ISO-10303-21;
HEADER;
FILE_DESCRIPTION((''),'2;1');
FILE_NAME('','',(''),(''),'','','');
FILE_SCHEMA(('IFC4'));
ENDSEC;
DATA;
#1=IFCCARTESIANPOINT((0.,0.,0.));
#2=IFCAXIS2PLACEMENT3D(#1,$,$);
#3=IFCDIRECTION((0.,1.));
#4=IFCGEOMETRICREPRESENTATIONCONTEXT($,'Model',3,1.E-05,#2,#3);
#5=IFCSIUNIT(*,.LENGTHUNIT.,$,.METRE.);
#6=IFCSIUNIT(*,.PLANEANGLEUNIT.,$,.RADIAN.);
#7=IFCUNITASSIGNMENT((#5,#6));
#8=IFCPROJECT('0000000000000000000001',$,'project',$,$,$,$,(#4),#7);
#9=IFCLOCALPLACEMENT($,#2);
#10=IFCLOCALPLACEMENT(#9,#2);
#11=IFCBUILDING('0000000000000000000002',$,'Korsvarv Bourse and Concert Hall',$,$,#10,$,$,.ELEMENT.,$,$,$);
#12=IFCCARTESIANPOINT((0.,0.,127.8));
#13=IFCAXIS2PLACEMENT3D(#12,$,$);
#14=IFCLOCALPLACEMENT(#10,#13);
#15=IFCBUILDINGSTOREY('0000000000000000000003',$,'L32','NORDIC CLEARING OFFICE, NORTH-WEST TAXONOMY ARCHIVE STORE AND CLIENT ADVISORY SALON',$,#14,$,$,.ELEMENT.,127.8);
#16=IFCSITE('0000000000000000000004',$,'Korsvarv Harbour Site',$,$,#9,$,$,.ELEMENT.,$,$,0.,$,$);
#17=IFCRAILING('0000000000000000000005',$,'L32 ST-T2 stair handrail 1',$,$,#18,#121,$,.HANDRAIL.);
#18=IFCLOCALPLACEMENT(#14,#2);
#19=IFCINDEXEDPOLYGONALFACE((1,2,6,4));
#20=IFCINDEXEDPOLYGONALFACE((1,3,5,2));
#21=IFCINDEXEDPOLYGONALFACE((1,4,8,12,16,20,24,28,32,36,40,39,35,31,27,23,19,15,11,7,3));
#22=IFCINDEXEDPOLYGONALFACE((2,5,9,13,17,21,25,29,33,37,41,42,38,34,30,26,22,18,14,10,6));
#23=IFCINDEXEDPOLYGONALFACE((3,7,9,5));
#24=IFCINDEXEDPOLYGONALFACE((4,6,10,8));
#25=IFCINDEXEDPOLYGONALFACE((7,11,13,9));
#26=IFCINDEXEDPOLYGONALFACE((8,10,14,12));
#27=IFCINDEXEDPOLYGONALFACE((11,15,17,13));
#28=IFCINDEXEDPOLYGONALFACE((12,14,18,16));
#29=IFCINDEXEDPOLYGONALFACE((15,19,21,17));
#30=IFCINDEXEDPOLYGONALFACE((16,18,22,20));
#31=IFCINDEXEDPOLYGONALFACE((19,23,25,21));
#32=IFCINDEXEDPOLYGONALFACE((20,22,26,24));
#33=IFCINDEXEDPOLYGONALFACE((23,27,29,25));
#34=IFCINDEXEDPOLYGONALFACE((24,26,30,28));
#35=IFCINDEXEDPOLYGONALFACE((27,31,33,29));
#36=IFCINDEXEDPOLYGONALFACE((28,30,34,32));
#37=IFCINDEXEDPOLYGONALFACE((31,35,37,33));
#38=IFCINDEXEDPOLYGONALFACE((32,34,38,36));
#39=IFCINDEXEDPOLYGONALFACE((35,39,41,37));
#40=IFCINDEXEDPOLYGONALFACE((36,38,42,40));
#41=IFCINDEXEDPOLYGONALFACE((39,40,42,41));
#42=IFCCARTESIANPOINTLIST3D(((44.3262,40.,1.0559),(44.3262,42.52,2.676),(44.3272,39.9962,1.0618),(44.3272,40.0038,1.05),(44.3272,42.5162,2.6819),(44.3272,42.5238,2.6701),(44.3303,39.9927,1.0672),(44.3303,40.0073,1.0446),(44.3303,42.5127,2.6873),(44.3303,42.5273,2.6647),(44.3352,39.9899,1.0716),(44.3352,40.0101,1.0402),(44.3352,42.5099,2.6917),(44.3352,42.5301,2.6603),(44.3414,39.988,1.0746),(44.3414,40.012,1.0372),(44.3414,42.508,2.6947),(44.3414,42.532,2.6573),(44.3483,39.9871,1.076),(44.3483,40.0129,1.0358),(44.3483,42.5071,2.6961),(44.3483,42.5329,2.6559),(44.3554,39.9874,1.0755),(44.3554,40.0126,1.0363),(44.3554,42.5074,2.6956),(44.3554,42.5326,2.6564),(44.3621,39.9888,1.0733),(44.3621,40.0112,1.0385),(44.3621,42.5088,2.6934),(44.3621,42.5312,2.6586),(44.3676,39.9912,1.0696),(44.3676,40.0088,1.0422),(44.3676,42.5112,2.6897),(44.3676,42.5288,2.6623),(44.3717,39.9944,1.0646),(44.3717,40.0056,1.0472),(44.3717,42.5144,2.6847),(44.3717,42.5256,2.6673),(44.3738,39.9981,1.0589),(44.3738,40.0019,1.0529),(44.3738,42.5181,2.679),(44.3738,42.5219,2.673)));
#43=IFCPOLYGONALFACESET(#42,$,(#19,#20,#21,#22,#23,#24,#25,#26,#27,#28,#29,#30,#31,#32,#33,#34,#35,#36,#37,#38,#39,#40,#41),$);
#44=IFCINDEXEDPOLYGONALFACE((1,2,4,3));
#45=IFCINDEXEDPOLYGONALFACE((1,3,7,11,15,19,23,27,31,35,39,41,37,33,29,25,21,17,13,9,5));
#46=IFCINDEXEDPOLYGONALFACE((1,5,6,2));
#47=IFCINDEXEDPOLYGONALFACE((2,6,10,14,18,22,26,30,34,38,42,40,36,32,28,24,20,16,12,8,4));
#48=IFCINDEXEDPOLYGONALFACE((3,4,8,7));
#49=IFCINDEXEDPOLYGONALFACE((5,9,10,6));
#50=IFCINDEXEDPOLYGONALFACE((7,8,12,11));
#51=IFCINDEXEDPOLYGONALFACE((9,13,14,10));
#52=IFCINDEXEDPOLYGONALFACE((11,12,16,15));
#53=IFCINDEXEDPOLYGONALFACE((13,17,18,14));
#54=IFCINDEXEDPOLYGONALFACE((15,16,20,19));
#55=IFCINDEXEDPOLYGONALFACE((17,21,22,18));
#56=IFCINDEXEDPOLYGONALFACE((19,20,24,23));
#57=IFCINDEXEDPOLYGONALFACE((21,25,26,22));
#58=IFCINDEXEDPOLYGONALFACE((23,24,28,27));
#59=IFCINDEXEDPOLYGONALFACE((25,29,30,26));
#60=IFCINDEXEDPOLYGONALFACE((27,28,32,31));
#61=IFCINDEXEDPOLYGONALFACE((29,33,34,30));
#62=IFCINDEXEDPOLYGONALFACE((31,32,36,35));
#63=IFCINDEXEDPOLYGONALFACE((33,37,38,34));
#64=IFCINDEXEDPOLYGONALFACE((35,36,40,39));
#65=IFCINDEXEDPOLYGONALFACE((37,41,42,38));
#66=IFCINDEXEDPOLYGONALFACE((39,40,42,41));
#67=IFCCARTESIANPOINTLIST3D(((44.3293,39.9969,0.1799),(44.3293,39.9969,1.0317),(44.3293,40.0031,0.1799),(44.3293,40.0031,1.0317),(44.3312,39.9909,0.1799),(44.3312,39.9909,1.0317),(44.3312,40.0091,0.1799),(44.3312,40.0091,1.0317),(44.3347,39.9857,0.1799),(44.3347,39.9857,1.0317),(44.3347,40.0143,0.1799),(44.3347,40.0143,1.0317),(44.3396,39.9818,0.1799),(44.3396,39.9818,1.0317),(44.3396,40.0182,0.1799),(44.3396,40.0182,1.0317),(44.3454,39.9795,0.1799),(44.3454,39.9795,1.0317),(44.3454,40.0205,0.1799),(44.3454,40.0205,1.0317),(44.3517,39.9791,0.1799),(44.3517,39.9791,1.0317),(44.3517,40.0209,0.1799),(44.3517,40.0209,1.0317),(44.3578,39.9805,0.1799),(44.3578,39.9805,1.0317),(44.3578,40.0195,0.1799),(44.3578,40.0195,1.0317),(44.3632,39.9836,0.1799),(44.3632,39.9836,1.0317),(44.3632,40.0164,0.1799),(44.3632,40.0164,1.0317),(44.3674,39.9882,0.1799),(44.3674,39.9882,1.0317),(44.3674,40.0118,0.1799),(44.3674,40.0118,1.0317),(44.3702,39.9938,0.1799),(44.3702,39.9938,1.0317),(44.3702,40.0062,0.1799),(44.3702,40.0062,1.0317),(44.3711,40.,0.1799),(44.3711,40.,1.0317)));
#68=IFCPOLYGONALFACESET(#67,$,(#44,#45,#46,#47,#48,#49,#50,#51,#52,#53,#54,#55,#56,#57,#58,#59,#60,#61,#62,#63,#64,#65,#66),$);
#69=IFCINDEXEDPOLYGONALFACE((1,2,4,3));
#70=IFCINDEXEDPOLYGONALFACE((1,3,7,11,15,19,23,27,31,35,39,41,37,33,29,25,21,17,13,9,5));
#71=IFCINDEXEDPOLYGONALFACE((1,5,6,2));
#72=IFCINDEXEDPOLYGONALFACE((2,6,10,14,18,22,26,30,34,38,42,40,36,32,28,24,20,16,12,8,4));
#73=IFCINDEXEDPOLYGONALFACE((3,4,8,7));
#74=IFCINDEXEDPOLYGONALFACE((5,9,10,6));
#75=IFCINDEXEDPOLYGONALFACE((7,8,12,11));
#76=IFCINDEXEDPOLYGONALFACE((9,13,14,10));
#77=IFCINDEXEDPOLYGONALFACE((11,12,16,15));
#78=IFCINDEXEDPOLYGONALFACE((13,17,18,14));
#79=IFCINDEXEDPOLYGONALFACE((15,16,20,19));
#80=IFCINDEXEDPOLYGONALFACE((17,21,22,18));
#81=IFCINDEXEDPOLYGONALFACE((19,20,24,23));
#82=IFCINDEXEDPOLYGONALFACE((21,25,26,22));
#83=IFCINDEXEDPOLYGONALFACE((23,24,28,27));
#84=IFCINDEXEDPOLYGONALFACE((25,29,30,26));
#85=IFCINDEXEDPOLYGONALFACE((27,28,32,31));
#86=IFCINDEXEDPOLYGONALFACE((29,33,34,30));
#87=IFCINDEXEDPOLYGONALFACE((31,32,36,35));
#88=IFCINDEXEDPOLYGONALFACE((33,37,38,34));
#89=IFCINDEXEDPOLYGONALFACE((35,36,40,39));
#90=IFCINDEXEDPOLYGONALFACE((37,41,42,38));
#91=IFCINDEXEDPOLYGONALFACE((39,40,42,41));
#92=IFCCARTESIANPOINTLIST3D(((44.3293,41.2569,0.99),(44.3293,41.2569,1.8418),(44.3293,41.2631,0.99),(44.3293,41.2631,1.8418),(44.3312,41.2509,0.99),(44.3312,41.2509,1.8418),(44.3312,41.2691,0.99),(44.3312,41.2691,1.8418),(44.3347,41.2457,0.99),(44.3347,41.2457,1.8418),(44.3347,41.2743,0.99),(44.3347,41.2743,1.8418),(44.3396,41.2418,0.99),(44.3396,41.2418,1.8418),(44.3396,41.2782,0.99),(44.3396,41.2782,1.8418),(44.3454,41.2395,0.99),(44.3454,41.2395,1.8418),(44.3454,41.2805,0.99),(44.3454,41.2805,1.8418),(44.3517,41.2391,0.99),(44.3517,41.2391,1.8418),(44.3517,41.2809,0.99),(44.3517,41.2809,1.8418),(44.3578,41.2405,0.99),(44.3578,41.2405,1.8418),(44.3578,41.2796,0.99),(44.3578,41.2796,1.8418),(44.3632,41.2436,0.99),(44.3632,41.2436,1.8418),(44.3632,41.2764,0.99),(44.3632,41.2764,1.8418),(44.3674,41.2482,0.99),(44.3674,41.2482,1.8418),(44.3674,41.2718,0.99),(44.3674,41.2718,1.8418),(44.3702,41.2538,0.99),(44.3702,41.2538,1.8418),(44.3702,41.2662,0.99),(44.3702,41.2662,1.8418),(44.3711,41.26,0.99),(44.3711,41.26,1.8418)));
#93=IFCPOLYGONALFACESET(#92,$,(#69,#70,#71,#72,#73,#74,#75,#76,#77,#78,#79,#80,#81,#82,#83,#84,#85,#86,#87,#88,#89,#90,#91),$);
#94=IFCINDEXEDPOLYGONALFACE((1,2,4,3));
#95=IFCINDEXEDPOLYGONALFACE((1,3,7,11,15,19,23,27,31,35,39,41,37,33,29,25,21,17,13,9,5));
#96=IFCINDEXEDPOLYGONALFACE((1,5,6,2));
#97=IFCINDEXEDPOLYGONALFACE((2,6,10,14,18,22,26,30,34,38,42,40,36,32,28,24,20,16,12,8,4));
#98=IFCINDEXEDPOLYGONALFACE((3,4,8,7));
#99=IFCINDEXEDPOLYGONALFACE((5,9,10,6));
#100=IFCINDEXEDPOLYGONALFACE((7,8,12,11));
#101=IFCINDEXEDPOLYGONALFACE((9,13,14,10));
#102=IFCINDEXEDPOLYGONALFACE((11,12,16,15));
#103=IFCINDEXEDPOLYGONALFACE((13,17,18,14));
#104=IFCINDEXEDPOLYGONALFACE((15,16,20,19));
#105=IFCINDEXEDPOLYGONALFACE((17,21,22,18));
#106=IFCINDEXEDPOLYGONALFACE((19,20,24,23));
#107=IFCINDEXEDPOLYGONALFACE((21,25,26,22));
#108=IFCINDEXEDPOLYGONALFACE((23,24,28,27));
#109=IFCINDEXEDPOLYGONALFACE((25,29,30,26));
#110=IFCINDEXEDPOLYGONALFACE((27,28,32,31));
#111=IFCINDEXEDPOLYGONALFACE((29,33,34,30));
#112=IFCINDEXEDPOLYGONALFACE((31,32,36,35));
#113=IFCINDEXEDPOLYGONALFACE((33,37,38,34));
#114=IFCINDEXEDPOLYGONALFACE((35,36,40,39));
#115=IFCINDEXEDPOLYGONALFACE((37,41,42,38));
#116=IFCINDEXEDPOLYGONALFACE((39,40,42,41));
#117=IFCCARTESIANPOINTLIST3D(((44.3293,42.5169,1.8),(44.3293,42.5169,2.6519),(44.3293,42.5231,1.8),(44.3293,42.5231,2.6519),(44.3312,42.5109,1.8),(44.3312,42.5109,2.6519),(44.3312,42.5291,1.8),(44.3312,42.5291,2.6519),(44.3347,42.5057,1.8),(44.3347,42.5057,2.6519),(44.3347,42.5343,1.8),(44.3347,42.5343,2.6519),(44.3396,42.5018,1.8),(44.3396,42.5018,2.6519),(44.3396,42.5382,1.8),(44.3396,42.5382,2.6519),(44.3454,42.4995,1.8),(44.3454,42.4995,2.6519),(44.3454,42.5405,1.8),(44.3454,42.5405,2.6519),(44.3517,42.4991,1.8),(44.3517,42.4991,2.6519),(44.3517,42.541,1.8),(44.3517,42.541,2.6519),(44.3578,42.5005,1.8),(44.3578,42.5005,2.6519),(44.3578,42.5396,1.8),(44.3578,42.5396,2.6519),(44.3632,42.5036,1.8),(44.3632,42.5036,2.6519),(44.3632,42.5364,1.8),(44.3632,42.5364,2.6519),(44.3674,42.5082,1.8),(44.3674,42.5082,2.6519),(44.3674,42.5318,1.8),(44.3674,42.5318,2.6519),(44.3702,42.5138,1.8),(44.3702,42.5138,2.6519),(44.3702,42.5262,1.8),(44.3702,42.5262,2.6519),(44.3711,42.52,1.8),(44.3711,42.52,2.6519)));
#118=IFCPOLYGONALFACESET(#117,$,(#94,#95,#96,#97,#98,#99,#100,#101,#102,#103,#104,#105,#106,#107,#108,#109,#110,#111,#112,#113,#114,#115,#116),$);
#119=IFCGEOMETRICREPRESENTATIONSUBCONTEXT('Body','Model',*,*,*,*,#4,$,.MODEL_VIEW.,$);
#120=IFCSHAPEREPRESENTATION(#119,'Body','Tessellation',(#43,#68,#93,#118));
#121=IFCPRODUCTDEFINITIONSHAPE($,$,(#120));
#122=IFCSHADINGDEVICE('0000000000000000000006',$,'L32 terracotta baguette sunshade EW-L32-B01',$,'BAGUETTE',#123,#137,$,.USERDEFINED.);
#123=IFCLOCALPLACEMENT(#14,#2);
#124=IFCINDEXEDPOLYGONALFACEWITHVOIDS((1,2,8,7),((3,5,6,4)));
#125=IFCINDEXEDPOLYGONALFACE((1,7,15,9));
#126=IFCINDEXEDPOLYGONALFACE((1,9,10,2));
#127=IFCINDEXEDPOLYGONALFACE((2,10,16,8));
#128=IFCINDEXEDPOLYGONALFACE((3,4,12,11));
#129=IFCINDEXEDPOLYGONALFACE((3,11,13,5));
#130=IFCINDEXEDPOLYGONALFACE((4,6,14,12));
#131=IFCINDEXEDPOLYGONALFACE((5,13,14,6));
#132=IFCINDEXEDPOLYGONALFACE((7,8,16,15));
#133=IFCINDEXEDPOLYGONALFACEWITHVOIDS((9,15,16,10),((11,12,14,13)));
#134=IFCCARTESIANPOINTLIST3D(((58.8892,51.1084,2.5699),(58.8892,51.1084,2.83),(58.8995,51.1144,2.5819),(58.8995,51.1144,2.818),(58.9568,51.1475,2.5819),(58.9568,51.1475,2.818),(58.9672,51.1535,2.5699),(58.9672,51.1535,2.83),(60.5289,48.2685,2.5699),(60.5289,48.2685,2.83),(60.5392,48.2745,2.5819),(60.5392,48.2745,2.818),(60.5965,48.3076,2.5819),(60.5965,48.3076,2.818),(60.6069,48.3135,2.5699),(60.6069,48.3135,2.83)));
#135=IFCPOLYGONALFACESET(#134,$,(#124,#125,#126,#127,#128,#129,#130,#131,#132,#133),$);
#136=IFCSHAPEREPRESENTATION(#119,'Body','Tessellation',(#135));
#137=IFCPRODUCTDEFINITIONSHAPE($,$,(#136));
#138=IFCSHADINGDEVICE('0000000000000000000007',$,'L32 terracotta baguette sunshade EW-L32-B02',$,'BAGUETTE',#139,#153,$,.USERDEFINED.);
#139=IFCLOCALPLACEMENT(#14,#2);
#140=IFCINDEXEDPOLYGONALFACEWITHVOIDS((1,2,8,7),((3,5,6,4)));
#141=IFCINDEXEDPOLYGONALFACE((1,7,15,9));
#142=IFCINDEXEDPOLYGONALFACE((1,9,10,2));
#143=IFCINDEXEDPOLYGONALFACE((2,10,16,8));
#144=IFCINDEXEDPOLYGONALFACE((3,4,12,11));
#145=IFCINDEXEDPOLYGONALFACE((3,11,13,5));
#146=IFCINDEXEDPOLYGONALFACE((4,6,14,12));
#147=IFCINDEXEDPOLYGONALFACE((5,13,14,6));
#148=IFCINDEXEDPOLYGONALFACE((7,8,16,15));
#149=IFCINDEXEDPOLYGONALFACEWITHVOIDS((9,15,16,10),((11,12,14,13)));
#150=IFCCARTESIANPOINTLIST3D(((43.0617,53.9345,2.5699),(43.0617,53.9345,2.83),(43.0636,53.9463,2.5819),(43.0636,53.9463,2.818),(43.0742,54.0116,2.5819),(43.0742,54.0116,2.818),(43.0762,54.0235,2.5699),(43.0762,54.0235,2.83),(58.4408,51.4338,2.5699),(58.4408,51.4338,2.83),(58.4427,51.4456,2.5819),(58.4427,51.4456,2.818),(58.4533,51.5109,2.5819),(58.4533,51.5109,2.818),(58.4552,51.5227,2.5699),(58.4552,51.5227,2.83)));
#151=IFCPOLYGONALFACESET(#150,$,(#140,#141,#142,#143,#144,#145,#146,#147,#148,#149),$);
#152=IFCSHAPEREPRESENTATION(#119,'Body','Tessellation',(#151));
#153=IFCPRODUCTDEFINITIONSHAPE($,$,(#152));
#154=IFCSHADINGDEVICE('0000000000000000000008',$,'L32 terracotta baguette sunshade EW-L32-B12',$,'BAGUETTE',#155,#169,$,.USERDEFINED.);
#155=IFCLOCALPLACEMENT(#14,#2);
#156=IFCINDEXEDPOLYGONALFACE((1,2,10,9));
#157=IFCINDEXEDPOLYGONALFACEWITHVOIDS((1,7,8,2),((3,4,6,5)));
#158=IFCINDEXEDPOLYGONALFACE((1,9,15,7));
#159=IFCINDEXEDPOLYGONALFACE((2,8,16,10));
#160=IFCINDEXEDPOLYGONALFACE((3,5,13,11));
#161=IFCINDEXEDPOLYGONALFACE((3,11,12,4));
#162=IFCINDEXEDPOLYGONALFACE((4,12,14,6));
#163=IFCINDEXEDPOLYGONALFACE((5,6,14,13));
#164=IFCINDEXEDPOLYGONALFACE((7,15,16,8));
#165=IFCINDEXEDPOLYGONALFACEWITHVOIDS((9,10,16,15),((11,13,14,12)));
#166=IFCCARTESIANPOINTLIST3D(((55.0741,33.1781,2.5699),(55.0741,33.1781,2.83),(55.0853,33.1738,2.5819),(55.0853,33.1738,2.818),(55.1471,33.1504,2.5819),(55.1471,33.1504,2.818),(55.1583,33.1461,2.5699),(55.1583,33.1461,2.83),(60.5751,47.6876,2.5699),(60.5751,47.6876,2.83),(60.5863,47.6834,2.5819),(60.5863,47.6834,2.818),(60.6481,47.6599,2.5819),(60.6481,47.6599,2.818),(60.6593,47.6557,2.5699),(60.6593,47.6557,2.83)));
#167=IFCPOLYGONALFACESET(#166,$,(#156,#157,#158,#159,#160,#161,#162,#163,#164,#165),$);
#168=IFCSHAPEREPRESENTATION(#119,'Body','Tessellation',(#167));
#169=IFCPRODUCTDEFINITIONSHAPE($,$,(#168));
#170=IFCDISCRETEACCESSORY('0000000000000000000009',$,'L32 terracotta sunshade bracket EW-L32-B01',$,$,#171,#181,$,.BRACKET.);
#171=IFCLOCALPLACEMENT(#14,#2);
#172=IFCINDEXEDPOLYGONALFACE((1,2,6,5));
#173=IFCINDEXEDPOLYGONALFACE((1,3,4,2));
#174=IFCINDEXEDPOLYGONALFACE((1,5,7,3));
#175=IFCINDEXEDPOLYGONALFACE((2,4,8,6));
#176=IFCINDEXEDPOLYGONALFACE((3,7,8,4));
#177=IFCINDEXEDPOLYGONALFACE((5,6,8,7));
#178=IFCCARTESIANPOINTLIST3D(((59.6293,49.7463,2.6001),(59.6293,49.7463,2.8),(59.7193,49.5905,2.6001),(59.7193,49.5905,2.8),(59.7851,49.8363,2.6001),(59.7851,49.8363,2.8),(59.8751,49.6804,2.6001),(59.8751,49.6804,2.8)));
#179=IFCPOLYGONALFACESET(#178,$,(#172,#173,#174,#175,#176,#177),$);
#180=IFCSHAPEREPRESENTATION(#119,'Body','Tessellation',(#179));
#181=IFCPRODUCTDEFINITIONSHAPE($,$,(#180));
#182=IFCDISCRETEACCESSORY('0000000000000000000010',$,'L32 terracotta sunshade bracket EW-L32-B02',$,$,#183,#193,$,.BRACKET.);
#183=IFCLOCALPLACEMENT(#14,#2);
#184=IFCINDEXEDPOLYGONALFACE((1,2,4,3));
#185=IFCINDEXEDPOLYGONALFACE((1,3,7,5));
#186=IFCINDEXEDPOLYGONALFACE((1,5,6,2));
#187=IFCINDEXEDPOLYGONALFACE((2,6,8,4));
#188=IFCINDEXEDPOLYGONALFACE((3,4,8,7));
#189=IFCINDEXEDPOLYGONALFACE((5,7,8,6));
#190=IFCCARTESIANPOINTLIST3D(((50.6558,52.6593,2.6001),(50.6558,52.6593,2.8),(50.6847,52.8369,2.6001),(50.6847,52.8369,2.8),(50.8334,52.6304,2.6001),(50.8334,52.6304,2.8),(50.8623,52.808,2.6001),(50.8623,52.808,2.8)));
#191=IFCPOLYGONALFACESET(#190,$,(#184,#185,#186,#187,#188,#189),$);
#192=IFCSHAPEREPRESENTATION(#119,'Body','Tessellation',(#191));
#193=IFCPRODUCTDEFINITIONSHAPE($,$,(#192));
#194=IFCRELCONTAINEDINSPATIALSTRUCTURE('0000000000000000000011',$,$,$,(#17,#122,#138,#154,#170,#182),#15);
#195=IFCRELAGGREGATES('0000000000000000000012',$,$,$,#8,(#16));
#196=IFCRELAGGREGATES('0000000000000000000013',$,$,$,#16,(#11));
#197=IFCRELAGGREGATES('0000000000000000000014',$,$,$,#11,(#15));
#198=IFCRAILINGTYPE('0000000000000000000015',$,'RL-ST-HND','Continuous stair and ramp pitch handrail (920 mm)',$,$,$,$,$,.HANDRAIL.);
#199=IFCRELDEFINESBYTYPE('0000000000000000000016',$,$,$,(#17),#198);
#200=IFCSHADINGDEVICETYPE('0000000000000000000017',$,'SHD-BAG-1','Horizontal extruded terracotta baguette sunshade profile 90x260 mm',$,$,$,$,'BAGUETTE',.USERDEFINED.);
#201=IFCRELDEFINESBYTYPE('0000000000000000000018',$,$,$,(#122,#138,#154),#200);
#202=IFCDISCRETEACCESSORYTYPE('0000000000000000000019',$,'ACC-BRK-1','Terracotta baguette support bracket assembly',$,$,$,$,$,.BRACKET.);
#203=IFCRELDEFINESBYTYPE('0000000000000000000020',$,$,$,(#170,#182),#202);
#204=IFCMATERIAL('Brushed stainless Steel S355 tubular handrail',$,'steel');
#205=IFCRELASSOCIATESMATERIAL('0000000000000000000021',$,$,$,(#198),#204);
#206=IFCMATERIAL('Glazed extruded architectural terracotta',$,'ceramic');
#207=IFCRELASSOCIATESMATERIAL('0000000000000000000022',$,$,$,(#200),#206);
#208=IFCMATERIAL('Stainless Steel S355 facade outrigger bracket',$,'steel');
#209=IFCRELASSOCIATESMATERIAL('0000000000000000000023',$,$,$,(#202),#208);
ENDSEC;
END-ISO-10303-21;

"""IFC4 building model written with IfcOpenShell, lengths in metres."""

from ifc_helpers import new_model, si_unit, direction, frame, origin, origin_2d, place, context, subcontext, project, spatial, rectangle, hollow_rectangle, circle, extrude, source, transform, mapped, material, material_profile, profile_set, type_object, element, save


model = new_model("IFC4")

# Units and contexts
model_context = context("Model", 3, precision=1e-05, world=origin(), true_north=direction((0.0, 1.0)))
body_context = subcontext(model_context, "Body", "Model", "MODEL_VIEW")
ifc_project = project(units=[si_unit("LENGTHUNIT", "METRE"), si_unit("PLANEANGLEUNIT", "RADIAN")], contexts=[model_context])

# Site, building, storey
site_placement = place(None, origin())
site = spatial("IfcSite", under=ifc_project, at=site_placement, Name="Korsvarv Harbour Site", CompositionType="ELEMENT", RefElevation=0.0)
building_placement = place(site_placement, origin())
building = spatial("IfcBuilding", under=site, at=building_placement, Name="Korsvarv Bourse and Concert Hall", CompositionType="ELEMENT")
storey_placement = place(building_placement, frame((0.0, 0.0, 127.8)))
storey = spatial("IfcBuildingStorey", under=building, at=storey_placement, Name="L32", Description="NORDIC CLEARING OFFICE, NORTH-WEST TAXONOMY ARCHIVE STORE AND CLIENT ADVISORY SALON", CompositionType="ELEMENT", Elevation=127.8)

# Railing
ifc_material_1 = material(Name="Brushed stainless Steel S355 tubular handrail", Category="steel")
railing_type_1 = type_object("IfcRailingType", Name="RL-ST-HND", Description="Continuous stair and ramp pitch handrail (920 mm)", PredefinedType="HANDRAIL", material=ifc_material_1)
railing_1_placement = place(storey_placement, frame((44.3501, 40.0, 0.1799)))
element("IfcRailing", 1, at=railing_1_placement, inside=storey, type_object=railing_type_1, Name="L32 ST-T2 stair handrail 1", PredefinedType="HANDRAIL", context=body_context, shape_type="SweptSolid", body=[
    extrude(circle(Radius=0.0239, at=origin_2d()), frame((0.0, 0.0, 0.876), z_axis=(0.0, 0.841163, 0.540782), x_axis=(-1.0, 0.0, 0.0)), (0.0, 0.0, 1.0), 2.9958),
    extrude(circle(Radius=0.021, at=origin_2d()), origin(), (0.0, 0.0, 1.0), 0.8518),
    extrude(circle(Radius=0.021, at=origin_2d()), frame((0.0, 1.26, 0.8101)), (0.0, 0.0, 1.0), 0.8518),
    extrude(circle(Radius=0.021, at=origin_2d()), frame((0.0, 2.52, 1.6201)), (0.0, 0.0, 1.0), 0.8518),
])

# Shading devices
ifc_material_2 = material(Name="Glazed extruded architectural terracotta", Category="ceramic")
ifc_material_profile_1 = material_profile(ifc_material_2, hollow_rectangle(XDim=0.0901, YDim=0.26, WallThickness=0.012, at=origin_2d()), Name="TC-BAG 90x260")
ifc_profile_set_1 = profile_set([ifc_material_profile_1], Name="Glazed extruded architectural terracotta")
shading_device_type = type_object("IfcShadingDeviceType", Name="SHD-BAG-1", Description="Horizontal extruded terracotta baguette sunshade profile 90x260 mm", ElementType="BAGUETTE", PredefinedType="USERDEFINED", material=ifc_profile_set_1)
shared_shape_1 = source(origin(), body_context, "Body", "SweptSolid", [
    extrude(hollow_rectangle(XDim=0.0901, YDim=0.26, WallThickness=0.012, at=origin_2d()), origin(), (0.0, 0.0, 1.0), 3.2793),
])
shading_device_1_placement = place(storey_placement, frame((60.5679, 48.291, 2.7), z_axis=(-0.500015, 0.866017, 0.0), x_axis=(-0.866017, -0.500015, 0.0)))
element("IfcShadingDevice", 2, at=shading_device_1_placement, inside=storey, type_object=shading_device_type, Name="L32 terracotta baguette sunshade EW-L32-B01", ObjectType="BAGUETTE", PredefinedType="USERDEFINED", context=body_context, shape_type="MappedRepresentation", body=[
    mapped(shared_shape_1, transform((0.0, 0.0, 0.0), scale=1.0)),
])
shared_shape_2 = source(origin(), body_context, "Body", "SweptSolid", [
    extrude(hollow_rectangle(XDim=0.0901, YDim=0.26, WallThickness=0.012, at=origin_2d()), origin(), (0.0, 0.0, 1.0), 15.5811),
])
shading_device_2_placement = place(storey_placement, frame((58.448, 51.4783, 2.7), z_axis=(-0.987036, 0.160497, 0.0), x_axis=(-0.160497, -0.987036, 0.0)))
element("IfcShadingDevice", 3, at=shading_device_2_placement, inside=storey, type_object=shading_device_type, Name="L32 terracotta baguette sunshade EW-L32-B02", ObjectType="BAGUETTE", PredefinedType="USERDEFINED", context=body_context, shape_type="MappedRepresentation", body=[
    mapped(shared_shape_2, transform((0.0, 0.0, 0.0), scale=1.0)),
])
shared_shape_3 = source(origin(), body_context, "Body", "SweptSolid", [
    extrude(hollow_rectangle(XDim=0.0901, YDim=0.26, WallThickness=0.012, at=origin_2d()), origin(), (0.0, 0.0, 1.0), 15.5173),
])
shading_device_3_placement = place(storey_placement, frame((55.1162, 33.1621, 2.7), z_axis=(0.354506, 0.935054, 0.0), x_axis=(-0.935054, 0.354506, 0.0)))
element("IfcShadingDevice", 4, at=shading_device_3_placement, inside=storey, type_object=shading_device_type, Name="L32 terracotta baguette sunshade EW-L32-B12", ObjectType="BAGUETTE", PredefinedType="USERDEFINED", context=body_context, shape_type="MappedRepresentation", body=[
    mapped(shared_shape_3, transform((0.0, 0.0, 0.0), scale=1.0)),
])

# Discrete accessories
ifc_material_3 = material(Name="Stainless Steel S355 facade outrigger bracket", Category="steel")
discrete_accessory_type = type_object("IfcDiscreteAccessoryType", Name="ACC-BRK-1", Description="Terracotta baguette support bracket assembly", PredefinedType="BRACKET", material=ifc_material_3)
shared_shape_4 = source(origin(), body_context, "Body", "SweptSolid", [
    extrude(rectangle(XDim=0.1799, YDim=0.1799, at=origin_2d()), origin(), (0.0, 0.0, 1.0), 0.2),
])
for number, where, z_axis, x_axis, name in (
    (5, (59.7522, 49.7134, 2.6001), (0.0, 0.0, 1.0), (-0.5, 0.866025, 0.0), "L32 terracotta sunshade bracket EW-L32-B01"),
    (6, (50.759, 52.7336, 2.6001), (0.0, 0.0, 1.0), (-0.987024, 0.16057, 0.0), "L32 terracotta sunshade bracket EW-L32-B02"),
):
    element("IfcDiscreteAccessory", number, at=place(storey_placement, frame(where, z_axis=z_axis, x_axis=x_axis)), inside=storey, type_object=discrete_accessory_type, Name=name, PredefinedType="BRACKET", context=body_context, shape_type="MappedRepresentation", body=[
        mapped(shared_shape_4, transform((0.0, 0.0, 0.0), scale=1.0)),
    ])

save(model, "model.ifc")
